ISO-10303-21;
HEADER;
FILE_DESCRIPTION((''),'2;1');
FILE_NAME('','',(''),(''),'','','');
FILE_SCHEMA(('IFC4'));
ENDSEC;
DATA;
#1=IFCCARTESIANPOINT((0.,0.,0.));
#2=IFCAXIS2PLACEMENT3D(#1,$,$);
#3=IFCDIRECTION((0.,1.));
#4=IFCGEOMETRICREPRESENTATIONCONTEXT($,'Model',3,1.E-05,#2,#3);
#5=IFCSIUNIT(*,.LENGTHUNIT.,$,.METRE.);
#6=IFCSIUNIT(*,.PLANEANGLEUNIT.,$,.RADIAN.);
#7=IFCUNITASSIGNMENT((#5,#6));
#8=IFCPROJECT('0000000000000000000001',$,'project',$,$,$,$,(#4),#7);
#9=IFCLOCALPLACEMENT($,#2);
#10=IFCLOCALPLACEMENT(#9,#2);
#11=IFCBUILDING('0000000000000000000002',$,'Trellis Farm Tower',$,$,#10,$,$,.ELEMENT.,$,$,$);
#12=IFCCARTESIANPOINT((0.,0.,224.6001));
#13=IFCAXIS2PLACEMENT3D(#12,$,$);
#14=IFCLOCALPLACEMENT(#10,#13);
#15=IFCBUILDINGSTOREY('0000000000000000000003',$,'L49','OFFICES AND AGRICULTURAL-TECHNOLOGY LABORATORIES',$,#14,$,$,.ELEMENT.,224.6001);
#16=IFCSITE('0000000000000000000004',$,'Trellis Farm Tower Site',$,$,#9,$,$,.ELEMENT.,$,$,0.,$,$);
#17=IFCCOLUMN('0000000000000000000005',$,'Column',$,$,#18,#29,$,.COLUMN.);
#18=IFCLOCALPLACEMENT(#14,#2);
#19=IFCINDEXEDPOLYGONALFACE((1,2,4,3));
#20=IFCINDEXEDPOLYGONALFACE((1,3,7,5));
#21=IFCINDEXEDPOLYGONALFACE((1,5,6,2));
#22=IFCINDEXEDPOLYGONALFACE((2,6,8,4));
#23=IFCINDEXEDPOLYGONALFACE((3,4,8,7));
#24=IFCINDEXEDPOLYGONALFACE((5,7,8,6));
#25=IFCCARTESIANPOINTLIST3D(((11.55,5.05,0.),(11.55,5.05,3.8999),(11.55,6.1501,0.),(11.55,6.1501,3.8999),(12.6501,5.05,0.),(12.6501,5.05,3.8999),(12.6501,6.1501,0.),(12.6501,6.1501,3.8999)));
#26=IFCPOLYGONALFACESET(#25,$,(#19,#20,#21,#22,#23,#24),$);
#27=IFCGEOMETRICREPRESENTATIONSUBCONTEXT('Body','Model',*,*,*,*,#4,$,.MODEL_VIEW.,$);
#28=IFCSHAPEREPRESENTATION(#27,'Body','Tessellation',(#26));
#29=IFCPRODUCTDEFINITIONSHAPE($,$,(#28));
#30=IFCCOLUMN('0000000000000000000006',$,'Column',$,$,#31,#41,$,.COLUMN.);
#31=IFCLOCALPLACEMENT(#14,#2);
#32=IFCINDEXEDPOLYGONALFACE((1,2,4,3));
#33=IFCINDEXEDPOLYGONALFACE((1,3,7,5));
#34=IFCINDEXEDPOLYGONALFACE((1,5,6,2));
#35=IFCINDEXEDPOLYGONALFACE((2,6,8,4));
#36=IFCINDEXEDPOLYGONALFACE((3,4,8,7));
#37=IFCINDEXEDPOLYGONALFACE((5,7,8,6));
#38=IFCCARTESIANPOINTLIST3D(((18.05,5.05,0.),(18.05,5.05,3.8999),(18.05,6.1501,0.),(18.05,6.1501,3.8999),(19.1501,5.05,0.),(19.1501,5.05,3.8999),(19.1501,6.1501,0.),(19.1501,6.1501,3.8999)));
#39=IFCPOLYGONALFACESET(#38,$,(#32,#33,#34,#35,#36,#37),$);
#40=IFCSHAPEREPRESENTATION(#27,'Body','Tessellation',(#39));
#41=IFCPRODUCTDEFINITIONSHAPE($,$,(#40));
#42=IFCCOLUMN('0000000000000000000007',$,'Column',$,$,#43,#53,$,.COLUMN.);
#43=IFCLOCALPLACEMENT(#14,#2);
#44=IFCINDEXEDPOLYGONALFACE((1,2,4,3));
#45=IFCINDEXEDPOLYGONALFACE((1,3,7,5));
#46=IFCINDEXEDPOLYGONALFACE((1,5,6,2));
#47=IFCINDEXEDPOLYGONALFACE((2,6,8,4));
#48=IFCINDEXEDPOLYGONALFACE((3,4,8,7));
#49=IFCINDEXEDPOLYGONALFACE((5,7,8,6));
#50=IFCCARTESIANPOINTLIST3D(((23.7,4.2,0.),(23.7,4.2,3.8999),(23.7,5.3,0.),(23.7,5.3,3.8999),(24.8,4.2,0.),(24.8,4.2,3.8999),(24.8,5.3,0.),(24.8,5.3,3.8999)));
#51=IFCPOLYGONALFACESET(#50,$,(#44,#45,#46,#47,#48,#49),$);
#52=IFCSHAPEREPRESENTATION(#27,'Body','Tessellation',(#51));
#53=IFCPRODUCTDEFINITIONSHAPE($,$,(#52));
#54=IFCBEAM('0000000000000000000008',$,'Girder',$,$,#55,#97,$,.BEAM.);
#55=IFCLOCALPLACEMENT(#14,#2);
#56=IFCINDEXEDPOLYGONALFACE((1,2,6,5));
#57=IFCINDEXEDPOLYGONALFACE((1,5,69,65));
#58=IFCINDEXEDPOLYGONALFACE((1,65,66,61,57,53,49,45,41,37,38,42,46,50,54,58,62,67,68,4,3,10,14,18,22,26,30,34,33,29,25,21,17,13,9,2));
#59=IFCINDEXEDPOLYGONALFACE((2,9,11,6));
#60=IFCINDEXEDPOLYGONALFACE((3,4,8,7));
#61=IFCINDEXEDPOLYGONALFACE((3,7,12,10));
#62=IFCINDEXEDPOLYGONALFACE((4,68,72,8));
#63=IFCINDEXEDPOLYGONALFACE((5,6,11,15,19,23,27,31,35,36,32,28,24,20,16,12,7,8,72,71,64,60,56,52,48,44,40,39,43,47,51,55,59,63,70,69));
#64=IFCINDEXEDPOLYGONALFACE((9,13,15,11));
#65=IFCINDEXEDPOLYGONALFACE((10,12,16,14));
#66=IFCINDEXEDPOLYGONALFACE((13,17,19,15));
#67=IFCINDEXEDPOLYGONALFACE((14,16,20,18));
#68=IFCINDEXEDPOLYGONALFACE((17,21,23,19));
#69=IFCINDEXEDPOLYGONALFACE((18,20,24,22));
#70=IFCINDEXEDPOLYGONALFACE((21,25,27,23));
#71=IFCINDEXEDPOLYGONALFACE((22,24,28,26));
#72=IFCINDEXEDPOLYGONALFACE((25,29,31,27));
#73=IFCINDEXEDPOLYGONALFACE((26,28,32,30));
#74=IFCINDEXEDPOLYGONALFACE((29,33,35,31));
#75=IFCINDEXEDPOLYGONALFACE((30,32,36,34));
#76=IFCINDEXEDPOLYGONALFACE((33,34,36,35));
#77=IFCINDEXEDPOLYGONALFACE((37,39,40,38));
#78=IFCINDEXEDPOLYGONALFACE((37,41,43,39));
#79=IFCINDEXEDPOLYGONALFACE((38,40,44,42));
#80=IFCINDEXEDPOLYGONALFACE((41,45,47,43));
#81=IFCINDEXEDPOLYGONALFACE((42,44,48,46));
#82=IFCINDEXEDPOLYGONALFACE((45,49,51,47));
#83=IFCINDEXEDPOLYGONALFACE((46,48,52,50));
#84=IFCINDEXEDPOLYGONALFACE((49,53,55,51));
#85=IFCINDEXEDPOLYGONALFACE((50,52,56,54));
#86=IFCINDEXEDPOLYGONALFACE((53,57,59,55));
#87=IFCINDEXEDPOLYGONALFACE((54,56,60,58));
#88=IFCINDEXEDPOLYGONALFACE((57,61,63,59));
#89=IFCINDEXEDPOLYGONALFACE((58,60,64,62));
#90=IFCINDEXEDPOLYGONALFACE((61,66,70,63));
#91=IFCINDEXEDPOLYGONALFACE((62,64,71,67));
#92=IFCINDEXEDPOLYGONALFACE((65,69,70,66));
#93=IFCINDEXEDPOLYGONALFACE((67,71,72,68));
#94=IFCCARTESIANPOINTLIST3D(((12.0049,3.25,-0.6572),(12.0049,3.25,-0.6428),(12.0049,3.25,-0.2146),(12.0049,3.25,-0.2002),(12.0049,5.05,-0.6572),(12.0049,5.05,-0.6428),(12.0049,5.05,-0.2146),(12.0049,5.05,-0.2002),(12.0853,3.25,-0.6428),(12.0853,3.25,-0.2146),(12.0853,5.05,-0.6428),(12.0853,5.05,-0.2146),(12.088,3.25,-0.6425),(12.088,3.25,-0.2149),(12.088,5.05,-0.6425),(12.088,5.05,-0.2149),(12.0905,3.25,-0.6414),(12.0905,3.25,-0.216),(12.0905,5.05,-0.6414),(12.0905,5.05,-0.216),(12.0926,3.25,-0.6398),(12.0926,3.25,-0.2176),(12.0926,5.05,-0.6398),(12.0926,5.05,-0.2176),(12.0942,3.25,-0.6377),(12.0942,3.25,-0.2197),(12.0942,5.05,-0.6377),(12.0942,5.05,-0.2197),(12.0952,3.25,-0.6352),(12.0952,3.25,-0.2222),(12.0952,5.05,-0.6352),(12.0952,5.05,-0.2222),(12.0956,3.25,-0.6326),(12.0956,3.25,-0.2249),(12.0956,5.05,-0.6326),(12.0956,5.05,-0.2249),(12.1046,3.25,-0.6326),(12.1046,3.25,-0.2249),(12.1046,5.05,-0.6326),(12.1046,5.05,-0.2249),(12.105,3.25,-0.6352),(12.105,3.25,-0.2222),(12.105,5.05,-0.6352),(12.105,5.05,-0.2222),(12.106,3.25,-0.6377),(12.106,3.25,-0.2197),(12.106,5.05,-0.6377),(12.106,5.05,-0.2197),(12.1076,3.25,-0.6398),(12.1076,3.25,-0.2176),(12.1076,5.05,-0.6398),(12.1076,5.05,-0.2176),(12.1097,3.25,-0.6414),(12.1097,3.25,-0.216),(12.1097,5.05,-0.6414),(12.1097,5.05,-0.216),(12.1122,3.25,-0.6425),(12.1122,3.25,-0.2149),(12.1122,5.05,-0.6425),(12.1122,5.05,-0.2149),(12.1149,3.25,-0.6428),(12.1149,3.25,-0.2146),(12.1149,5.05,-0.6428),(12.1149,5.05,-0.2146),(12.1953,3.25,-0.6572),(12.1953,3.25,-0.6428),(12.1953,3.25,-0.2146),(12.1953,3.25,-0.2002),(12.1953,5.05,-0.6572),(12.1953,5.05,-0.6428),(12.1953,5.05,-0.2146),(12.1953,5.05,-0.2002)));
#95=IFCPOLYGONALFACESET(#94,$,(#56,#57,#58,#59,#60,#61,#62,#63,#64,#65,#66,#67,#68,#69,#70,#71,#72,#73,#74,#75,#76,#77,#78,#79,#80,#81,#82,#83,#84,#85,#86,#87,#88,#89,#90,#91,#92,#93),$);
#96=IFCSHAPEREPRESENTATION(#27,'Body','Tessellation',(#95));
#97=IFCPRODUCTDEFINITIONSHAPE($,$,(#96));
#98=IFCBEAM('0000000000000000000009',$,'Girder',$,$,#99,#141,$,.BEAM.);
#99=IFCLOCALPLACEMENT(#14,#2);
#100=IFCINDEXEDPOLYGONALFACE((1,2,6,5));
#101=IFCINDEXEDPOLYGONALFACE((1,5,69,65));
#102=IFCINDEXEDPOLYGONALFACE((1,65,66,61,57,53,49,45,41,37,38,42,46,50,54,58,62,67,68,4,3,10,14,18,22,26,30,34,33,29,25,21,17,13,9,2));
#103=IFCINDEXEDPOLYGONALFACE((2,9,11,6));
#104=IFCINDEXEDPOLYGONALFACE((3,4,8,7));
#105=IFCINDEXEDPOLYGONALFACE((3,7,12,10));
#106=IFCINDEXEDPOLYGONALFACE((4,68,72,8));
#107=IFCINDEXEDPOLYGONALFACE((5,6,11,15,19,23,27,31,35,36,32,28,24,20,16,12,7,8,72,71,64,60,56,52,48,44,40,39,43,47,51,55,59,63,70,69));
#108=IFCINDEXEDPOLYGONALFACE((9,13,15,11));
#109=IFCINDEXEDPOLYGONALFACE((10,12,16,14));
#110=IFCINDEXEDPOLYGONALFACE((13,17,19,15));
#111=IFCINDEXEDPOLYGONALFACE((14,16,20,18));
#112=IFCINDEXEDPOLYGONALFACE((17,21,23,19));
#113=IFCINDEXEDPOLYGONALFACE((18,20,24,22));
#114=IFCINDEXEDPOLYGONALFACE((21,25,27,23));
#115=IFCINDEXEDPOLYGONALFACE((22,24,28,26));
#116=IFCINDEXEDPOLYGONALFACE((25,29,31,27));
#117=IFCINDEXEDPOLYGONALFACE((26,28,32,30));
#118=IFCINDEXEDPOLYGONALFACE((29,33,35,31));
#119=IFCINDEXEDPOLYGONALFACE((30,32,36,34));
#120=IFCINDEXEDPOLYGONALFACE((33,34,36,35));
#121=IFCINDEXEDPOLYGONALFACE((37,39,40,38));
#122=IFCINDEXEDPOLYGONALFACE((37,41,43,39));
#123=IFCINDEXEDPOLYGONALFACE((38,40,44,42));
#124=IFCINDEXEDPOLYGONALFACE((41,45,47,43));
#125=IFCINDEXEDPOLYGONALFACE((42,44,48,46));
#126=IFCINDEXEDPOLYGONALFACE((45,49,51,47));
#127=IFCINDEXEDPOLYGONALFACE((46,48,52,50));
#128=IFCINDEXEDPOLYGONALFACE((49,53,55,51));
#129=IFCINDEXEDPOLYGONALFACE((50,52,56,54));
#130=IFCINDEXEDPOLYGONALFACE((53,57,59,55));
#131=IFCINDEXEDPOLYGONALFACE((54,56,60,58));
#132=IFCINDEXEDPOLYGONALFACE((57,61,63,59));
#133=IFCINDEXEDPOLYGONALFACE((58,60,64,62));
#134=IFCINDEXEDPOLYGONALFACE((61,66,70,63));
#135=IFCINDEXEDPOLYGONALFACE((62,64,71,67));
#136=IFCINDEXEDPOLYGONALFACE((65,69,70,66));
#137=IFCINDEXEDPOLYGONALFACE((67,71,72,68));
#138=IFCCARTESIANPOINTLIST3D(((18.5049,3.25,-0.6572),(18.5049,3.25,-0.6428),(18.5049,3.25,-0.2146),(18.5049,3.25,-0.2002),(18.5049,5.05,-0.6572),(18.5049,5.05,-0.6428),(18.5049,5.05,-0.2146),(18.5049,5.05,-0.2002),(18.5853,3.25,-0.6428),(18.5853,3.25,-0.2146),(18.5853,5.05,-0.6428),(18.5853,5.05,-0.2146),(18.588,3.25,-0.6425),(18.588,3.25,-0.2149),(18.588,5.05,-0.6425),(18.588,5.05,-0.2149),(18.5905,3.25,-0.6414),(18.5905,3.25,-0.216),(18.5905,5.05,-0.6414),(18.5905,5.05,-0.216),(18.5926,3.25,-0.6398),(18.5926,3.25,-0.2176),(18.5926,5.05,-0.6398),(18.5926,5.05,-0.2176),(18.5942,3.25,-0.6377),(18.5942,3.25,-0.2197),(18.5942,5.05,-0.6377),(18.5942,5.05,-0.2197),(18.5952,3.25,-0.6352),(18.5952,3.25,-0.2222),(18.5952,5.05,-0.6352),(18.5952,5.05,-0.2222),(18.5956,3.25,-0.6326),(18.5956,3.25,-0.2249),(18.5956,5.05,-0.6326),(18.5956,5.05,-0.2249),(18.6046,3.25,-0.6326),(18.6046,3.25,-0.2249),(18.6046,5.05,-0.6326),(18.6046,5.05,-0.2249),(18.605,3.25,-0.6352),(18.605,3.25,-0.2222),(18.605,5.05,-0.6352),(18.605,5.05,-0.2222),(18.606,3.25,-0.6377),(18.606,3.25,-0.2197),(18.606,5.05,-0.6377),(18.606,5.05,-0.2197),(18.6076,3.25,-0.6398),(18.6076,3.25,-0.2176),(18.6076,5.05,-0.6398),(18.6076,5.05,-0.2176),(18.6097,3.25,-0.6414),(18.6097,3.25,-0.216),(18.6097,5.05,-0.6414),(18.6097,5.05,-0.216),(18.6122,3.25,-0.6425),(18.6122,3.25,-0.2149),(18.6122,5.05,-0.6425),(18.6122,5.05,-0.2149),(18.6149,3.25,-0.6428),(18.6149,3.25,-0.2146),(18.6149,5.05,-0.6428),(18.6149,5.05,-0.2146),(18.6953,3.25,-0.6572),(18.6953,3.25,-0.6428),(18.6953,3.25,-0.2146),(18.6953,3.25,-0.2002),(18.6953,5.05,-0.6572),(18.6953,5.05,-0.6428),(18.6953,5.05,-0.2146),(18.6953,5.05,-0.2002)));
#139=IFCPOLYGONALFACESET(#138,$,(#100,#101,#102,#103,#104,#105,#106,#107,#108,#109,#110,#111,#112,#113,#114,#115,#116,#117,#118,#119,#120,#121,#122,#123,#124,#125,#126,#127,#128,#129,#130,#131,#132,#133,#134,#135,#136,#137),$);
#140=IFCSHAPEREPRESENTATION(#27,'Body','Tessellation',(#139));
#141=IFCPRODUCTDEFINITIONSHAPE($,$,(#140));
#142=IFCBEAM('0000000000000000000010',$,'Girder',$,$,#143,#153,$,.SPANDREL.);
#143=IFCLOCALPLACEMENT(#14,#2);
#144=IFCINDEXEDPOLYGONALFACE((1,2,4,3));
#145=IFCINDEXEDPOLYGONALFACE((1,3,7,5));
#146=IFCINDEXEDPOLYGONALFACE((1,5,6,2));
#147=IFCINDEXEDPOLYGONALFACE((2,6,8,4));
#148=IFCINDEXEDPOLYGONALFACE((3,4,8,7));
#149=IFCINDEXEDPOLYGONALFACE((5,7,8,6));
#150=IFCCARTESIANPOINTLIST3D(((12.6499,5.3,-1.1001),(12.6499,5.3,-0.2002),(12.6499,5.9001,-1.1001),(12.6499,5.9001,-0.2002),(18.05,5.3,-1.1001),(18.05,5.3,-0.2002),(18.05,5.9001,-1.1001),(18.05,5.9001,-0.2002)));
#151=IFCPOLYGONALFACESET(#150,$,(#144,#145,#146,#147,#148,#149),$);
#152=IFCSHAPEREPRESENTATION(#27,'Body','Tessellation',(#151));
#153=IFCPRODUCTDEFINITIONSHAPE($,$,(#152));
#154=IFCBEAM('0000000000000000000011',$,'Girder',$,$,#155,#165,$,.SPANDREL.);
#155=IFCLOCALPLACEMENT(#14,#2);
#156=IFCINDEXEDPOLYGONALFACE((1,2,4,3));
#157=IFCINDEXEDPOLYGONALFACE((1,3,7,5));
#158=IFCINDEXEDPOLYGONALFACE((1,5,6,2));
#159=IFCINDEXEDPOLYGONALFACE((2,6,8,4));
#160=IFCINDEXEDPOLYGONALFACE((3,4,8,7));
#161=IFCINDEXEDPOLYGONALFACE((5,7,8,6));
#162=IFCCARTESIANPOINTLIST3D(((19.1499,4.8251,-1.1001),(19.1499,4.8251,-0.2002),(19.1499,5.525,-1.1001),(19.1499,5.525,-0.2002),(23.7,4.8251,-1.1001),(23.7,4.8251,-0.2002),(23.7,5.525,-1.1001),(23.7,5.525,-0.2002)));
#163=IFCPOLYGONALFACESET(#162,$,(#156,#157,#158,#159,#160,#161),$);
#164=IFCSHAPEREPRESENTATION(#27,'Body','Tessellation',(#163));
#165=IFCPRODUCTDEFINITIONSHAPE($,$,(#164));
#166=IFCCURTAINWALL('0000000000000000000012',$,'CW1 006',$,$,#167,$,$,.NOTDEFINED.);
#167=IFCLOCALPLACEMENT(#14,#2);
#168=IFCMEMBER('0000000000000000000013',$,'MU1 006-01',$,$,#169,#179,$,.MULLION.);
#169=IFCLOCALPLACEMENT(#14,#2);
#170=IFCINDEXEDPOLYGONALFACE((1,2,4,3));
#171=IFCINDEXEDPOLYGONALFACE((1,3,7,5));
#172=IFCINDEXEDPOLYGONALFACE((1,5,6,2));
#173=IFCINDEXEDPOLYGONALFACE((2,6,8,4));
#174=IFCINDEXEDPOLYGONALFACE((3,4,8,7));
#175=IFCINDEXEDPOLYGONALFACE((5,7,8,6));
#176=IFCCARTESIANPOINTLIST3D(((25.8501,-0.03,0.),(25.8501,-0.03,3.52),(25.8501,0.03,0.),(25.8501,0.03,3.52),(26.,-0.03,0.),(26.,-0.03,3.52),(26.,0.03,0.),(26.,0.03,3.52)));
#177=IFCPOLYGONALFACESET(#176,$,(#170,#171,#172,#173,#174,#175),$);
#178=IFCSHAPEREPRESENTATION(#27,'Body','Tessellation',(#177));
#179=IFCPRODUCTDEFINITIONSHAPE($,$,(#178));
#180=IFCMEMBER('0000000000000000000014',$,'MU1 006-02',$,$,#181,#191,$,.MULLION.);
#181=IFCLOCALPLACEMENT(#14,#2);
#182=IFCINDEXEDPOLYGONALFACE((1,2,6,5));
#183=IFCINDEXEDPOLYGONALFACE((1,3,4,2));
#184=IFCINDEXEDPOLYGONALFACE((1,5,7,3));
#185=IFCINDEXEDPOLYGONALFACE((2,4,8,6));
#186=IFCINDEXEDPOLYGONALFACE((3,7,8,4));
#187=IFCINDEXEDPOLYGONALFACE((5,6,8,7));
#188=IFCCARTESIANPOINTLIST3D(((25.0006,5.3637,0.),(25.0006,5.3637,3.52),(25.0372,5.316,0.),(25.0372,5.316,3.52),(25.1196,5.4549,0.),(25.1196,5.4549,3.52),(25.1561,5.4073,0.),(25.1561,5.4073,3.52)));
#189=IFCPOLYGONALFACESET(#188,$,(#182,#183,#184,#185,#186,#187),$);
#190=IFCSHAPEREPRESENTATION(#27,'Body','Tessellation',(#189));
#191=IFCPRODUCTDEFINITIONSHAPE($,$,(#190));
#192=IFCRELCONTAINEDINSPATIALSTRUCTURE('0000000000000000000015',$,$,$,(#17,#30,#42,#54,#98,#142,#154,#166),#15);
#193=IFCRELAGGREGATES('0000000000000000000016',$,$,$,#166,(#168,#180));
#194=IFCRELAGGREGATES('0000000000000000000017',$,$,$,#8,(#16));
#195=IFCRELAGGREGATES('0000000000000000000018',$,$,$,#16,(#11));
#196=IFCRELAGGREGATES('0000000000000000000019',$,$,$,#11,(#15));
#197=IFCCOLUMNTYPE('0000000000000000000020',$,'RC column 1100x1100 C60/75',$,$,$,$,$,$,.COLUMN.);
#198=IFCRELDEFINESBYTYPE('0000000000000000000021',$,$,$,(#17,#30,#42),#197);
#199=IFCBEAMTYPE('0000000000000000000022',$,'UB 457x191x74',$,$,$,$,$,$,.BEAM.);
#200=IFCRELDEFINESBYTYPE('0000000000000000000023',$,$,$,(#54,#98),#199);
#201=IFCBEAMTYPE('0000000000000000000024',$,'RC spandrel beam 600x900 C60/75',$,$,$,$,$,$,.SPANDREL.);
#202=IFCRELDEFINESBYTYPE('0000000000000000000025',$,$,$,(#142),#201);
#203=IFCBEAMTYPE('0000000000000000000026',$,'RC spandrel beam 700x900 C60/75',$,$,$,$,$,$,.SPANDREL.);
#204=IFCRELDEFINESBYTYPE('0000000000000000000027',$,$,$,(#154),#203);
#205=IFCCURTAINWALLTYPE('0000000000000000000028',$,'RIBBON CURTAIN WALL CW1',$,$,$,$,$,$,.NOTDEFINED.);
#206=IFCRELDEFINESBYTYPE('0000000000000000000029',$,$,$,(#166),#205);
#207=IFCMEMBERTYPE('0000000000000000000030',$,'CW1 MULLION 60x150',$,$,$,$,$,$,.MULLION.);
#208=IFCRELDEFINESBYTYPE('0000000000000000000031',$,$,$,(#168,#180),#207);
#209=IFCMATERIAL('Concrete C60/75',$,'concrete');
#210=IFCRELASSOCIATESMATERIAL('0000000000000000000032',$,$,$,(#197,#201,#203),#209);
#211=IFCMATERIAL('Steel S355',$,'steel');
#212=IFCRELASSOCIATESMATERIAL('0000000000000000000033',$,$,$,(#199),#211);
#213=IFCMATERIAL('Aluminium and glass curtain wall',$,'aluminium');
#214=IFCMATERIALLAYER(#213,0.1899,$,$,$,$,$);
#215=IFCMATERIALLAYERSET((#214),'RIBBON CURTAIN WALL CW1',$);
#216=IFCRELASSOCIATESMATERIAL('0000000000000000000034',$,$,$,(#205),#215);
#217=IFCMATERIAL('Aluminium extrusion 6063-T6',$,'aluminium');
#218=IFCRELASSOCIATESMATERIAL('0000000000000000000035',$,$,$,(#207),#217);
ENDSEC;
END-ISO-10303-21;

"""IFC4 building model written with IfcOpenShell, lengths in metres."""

from ifc_helpers import new_model, si_unit, direction, frame, origin, origin_2d, place, context, subcontext, project, spatial, rectangle, i_section, extrude, source, transform, mapped, material, layer, layer_set, material_profile, profile_set, type_object, element, aggregate, save


model = new_model("IFC4")

# Units and contexts
model_context = context("Model", 3, precision=1e-05, world=origin(), true_north=direction((0.0, 1.0)))
body_context = subcontext(model_context, "Body", "Model", "MODEL_VIEW")
ifc_project = project(units=[si_unit("LENGTHUNIT", "METRE"), si_unit("PLANEANGLEUNIT", "RADIAN")], contexts=[model_context])

# Site, building, storey
site_placement = place(None, origin())
site = spatial("IfcSite", under=ifc_project, at=site_placement, Name="Trellis Farm Tower Site", CompositionType="ELEMENT", RefElevation=0.0)
building_placement = place(site_placement, origin())
building = spatial("IfcBuilding", under=site, at=building_placement, Name="Trellis Farm Tower", CompositionType="ELEMENT")
storey_placement = place(building_placement, frame((0.0, 0.0, 224.6001)))
storey = spatial("IfcBuildingStorey", under=building, at=storey_placement, Name="L49", Description="OFFICES AND AGRICULTURAL-TECHNOLOGY LABORATORIES", CompositionType="ELEMENT", Elevation=224.6001)

# Columns
ifc_material_1 = material(Name="Concrete C60/75", Category="concrete")
ifc_material_profile_1 = material_profile(ifc_material_1, rectangle(XDim=1.1001, YDim=1.1001, at=origin_2d()), Name="RC column 1100x1100 C60/75")
ifc_profile_set_1 = profile_set([ifc_material_profile_1], Name="Concrete C60/75")
column_type = type_object("IfcColumnType", Name="RC column 1100x1100 C60/75", PredefinedType="COLUMN", material=ifc_profile_set_1)
shared_shape_1 = source(origin(), body_context, "Body", "SweptSolid", [
    extrude(rectangle(XDim=1.1001, YDim=1.1001, at=origin_2d()), origin(), (0.0, 0.0, 1.0), 3.8999),
])
for number, where, z_axis, x_axis, name in (
    (1, (12.1001, 5.6001, 0.0), (0.0, 0.0, 1.0), (1.0, 0.0, 0.0), "Column"),
    (2, (18.6001, 5.6001, 0.0), (0.0, 0.0, 1.0), (1.0, 0.0, 0.0), "Column"),
    (3, (24.25, 4.75, 0.0), (0.0, 0.0, 1.0), (1.0, 0.0, 0.0), "Column"),
):
    element("IfcColumn", number, at=place(storey_placement, frame(where, z_axis=z_axis, x_axis=x_axis)), inside=storey, type_object=column_type, Name=name, PredefinedType="COLUMN", context=body_context, shape_type="MappedRepresentation", body=[
        mapped(shared_shape_1, transform((0.0, 0.0, 0.0))),
    ])

# Beams
ifc_material_2 = material(Name="Steel S355", Category="steel")
ifc_material_profile_2 = material_profile(ifc_material_2, i_section(OverallWidth=0.1904, OverallDepth=0.457, WebThickness=0.009, FlangeThickness=0.0144, FilletRadius=0.0103, at=origin_2d()), Name="UB 457x191x74")
ifc_profile_set_2 = profile_set([ifc_material_profile_2], Name="Steel S355")
beam_type_1 = type_object("IfcBeamType", Name="UB 457x191x74", PredefinedType="BEAM", material=ifc_profile_set_2)
shared_shape_2 = source(origin(), body_context, "Body", "SweptSolid", [
    extrude(i_section(OverallWidth=0.1904, OverallDepth=0.457, WebThickness=0.009, FlangeThickness=0.0144, FilletRadius=0.0103, at=origin_2d()), origin(), (0.0, 0.0, 1.0), 1.8),
])
for number, where, z_axis, x_axis, name in (
    (4, (12.1001, 3.25, -0.4287), (0.0, 1.0, 0.0), (-1.0, 0.0, 0.0), "Girder"),
    (5, (18.6001, 3.25, -0.4287), (0.0, 1.0, 0.0), (-1.0, 0.0, 0.0), "Girder"),
):
    element("IfcBeam", number, at=place(storey_placement, frame(where, z_axis=z_axis, x_axis=x_axis)), inside=storey, type_object=beam_type_1, Name=name, PredefinedType="BEAM", context=body_context, shape_type="MappedRepresentation", body=[
        mapped(shared_shape_2, transform((0.0, 0.0, 0.0))),
    ])
ifc_material_profile_3 = material_profile(ifc_material_1, rectangle(XDim=0.6001, YDim=0.8999, at=origin_2d()), Name="RC spandrel beam 600x900 C60/75")
ifc_profile_set_3 = profile_set([ifc_material_profile_3], Name="Concrete C60/75")
beam_type_2 = type_object("IfcBeamType", Name="RC spandrel beam 600x900 C60/75", PredefinedType="SPANDREL", material=ifc_profile_set_3)
shared_shape_3 = source(origin(), body_context, "Body", "SweptSolid", [
    extrude(rectangle(XDim=0.6001, YDim=0.8999, at=origin_2d()), origin(), (0.0, 0.0, 1.0), 5.4001),
])
beam_1_placement = place(storey_placement, frame((12.6499, 5.6001, -0.6501), z_axis=(1.0, 0.0, 0.0), x_axis=(0.0, 1.0, 0.0)))
element("IfcBeam", 6, at=beam_1_placement, inside=storey, type_object=beam_type_2, Name="Girder", PredefinedType="SPANDREL", context=body_context, shape_type="MappedRepresentation", body=[
    mapped(shared_shape_3, transform((0.0, 0.0, 0.0))),
])
ifc_material_profile_4 = material_profile(ifc_material_1, rectangle(XDim=0.7, YDim=0.8999, at=origin_2d()), Name="RC spandrel beam 700x900 C60/75")
ifc_profile_set_4 = profile_set([ifc_material_profile_4], Name="Concrete C60/75")
beam_type_3 = type_object("IfcBeamType", Name="RC spandrel beam 700x900 C60/75", PredefinedType="SPANDREL", material=ifc_profile_set_4)
shared_shape_4 = source(origin(), body_context, "Body", "SweptSolid", [
    extrude(rectangle(XDim=0.7, YDim=0.8999, at=origin_2d()), origin(), (0.0, 0.0, 1.0), 4.55),
])
beam_2_placement = place(storey_placement, frame((19.1499, 5.175, -0.6501), z_axis=(1.0, 0.0, 0.0), x_axis=(0.0, 1.0, 0.0)))
element("IfcBeam", 7, at=beam_2_placement, inside=storey, type_object=beam_type_3, Name="Girder", PredefinedType="SPANDREL", context=body_context, shape_type="MappedRepresentation", body=[
    mapped(shared_shape_4, transform((0.0, 0.0, 0.0))),
])

# Curtain wall, members
ifc_material_3 = material(Name="Aluminium and glass curtain wall", Category="aluminium")
ifc_layer_1 = layer(ifc_material_3, 0.1899)
ifc_layer_set_1 = layer_set([ifc_layer_1], Name="RIBBON CURTAIN WALL CW1")
curtain_wall_type = type_object("IfcCurtainWallType", Name="RIBBON CURTAIN WALL CW1", PredefinedType="NOTDEFINED", material=ifc_layer_set_1)
placement = place(storey_placement, origin())
curtain_wall_1 = element("IfcCurtainWall", 8, at=placement, inside=storey, type_object=curtain_wall_type, Name="CW1 006", PredefinedType="NOTDEFINED")
ifc_material_4 = material(Name="Aluminium extrusion 6063-T6", Category="aluminium")
ifc_material_profile_5 = material_profile(ifc_material_4, rectangle(XDim=0.0601, YDim=0.1499, at=origin_2d()), Name="MULLION 60x150")
ifc_profile_set_5 = profile_set([ifc_material_profile_5], Name="Aluminium extrusion 6063-T6")
member_type = type_object("IfcMemberType", Name="CW1 MULLION 60x150", PredefinedType="MULLION", material=ifc_profile_set_5)
shared_shape_5 = source(origin(), body_context, "Body", "SweptSolid", [
    extrude(rectangle(XDim=0.0601, YDim=0.1499, at=origin_2d()), origin(), (0.0, 0.0, 1.0), 3.52),
])
member_1_placement = place(storey_placement, frame((25.925, 0.0, 0.0), z_axis=(0.0, 0.0, 1.0), x_axis=(0.0, 1.0, 0.0)))
member_1 = element("IfcMember", 9, at=member_1_placement, type_object=member_type, Name="MU1 006-01", PredefinedType="MULLION", context=body_context, shape_type="MappedRepresentation", body=[
    mapped(shared_shape_5, transform((0.0, 0.0, 0.0))),
])
member_2_placement = place(storey_placement, frame((25.0784, 5.3855, 0.0), z_axis=(0.0, 0.0, 1.0), x_axis=(-0.608761, 0.793353, 0.0)))
member_2 = element("IfcMember", 10, at=member_2_placement, type_object=member_type, Name="MU1 006-02", PredefinedType="MULLION", context=body_context, shape_type="MappedRepresentation", body=[
    mapped(shared_shape_5, transform((0.0, 0.0, 0.0))),
])
aggregate(curtain_wall_1, [member_1, member_2])

save(model, "model.ifc")
